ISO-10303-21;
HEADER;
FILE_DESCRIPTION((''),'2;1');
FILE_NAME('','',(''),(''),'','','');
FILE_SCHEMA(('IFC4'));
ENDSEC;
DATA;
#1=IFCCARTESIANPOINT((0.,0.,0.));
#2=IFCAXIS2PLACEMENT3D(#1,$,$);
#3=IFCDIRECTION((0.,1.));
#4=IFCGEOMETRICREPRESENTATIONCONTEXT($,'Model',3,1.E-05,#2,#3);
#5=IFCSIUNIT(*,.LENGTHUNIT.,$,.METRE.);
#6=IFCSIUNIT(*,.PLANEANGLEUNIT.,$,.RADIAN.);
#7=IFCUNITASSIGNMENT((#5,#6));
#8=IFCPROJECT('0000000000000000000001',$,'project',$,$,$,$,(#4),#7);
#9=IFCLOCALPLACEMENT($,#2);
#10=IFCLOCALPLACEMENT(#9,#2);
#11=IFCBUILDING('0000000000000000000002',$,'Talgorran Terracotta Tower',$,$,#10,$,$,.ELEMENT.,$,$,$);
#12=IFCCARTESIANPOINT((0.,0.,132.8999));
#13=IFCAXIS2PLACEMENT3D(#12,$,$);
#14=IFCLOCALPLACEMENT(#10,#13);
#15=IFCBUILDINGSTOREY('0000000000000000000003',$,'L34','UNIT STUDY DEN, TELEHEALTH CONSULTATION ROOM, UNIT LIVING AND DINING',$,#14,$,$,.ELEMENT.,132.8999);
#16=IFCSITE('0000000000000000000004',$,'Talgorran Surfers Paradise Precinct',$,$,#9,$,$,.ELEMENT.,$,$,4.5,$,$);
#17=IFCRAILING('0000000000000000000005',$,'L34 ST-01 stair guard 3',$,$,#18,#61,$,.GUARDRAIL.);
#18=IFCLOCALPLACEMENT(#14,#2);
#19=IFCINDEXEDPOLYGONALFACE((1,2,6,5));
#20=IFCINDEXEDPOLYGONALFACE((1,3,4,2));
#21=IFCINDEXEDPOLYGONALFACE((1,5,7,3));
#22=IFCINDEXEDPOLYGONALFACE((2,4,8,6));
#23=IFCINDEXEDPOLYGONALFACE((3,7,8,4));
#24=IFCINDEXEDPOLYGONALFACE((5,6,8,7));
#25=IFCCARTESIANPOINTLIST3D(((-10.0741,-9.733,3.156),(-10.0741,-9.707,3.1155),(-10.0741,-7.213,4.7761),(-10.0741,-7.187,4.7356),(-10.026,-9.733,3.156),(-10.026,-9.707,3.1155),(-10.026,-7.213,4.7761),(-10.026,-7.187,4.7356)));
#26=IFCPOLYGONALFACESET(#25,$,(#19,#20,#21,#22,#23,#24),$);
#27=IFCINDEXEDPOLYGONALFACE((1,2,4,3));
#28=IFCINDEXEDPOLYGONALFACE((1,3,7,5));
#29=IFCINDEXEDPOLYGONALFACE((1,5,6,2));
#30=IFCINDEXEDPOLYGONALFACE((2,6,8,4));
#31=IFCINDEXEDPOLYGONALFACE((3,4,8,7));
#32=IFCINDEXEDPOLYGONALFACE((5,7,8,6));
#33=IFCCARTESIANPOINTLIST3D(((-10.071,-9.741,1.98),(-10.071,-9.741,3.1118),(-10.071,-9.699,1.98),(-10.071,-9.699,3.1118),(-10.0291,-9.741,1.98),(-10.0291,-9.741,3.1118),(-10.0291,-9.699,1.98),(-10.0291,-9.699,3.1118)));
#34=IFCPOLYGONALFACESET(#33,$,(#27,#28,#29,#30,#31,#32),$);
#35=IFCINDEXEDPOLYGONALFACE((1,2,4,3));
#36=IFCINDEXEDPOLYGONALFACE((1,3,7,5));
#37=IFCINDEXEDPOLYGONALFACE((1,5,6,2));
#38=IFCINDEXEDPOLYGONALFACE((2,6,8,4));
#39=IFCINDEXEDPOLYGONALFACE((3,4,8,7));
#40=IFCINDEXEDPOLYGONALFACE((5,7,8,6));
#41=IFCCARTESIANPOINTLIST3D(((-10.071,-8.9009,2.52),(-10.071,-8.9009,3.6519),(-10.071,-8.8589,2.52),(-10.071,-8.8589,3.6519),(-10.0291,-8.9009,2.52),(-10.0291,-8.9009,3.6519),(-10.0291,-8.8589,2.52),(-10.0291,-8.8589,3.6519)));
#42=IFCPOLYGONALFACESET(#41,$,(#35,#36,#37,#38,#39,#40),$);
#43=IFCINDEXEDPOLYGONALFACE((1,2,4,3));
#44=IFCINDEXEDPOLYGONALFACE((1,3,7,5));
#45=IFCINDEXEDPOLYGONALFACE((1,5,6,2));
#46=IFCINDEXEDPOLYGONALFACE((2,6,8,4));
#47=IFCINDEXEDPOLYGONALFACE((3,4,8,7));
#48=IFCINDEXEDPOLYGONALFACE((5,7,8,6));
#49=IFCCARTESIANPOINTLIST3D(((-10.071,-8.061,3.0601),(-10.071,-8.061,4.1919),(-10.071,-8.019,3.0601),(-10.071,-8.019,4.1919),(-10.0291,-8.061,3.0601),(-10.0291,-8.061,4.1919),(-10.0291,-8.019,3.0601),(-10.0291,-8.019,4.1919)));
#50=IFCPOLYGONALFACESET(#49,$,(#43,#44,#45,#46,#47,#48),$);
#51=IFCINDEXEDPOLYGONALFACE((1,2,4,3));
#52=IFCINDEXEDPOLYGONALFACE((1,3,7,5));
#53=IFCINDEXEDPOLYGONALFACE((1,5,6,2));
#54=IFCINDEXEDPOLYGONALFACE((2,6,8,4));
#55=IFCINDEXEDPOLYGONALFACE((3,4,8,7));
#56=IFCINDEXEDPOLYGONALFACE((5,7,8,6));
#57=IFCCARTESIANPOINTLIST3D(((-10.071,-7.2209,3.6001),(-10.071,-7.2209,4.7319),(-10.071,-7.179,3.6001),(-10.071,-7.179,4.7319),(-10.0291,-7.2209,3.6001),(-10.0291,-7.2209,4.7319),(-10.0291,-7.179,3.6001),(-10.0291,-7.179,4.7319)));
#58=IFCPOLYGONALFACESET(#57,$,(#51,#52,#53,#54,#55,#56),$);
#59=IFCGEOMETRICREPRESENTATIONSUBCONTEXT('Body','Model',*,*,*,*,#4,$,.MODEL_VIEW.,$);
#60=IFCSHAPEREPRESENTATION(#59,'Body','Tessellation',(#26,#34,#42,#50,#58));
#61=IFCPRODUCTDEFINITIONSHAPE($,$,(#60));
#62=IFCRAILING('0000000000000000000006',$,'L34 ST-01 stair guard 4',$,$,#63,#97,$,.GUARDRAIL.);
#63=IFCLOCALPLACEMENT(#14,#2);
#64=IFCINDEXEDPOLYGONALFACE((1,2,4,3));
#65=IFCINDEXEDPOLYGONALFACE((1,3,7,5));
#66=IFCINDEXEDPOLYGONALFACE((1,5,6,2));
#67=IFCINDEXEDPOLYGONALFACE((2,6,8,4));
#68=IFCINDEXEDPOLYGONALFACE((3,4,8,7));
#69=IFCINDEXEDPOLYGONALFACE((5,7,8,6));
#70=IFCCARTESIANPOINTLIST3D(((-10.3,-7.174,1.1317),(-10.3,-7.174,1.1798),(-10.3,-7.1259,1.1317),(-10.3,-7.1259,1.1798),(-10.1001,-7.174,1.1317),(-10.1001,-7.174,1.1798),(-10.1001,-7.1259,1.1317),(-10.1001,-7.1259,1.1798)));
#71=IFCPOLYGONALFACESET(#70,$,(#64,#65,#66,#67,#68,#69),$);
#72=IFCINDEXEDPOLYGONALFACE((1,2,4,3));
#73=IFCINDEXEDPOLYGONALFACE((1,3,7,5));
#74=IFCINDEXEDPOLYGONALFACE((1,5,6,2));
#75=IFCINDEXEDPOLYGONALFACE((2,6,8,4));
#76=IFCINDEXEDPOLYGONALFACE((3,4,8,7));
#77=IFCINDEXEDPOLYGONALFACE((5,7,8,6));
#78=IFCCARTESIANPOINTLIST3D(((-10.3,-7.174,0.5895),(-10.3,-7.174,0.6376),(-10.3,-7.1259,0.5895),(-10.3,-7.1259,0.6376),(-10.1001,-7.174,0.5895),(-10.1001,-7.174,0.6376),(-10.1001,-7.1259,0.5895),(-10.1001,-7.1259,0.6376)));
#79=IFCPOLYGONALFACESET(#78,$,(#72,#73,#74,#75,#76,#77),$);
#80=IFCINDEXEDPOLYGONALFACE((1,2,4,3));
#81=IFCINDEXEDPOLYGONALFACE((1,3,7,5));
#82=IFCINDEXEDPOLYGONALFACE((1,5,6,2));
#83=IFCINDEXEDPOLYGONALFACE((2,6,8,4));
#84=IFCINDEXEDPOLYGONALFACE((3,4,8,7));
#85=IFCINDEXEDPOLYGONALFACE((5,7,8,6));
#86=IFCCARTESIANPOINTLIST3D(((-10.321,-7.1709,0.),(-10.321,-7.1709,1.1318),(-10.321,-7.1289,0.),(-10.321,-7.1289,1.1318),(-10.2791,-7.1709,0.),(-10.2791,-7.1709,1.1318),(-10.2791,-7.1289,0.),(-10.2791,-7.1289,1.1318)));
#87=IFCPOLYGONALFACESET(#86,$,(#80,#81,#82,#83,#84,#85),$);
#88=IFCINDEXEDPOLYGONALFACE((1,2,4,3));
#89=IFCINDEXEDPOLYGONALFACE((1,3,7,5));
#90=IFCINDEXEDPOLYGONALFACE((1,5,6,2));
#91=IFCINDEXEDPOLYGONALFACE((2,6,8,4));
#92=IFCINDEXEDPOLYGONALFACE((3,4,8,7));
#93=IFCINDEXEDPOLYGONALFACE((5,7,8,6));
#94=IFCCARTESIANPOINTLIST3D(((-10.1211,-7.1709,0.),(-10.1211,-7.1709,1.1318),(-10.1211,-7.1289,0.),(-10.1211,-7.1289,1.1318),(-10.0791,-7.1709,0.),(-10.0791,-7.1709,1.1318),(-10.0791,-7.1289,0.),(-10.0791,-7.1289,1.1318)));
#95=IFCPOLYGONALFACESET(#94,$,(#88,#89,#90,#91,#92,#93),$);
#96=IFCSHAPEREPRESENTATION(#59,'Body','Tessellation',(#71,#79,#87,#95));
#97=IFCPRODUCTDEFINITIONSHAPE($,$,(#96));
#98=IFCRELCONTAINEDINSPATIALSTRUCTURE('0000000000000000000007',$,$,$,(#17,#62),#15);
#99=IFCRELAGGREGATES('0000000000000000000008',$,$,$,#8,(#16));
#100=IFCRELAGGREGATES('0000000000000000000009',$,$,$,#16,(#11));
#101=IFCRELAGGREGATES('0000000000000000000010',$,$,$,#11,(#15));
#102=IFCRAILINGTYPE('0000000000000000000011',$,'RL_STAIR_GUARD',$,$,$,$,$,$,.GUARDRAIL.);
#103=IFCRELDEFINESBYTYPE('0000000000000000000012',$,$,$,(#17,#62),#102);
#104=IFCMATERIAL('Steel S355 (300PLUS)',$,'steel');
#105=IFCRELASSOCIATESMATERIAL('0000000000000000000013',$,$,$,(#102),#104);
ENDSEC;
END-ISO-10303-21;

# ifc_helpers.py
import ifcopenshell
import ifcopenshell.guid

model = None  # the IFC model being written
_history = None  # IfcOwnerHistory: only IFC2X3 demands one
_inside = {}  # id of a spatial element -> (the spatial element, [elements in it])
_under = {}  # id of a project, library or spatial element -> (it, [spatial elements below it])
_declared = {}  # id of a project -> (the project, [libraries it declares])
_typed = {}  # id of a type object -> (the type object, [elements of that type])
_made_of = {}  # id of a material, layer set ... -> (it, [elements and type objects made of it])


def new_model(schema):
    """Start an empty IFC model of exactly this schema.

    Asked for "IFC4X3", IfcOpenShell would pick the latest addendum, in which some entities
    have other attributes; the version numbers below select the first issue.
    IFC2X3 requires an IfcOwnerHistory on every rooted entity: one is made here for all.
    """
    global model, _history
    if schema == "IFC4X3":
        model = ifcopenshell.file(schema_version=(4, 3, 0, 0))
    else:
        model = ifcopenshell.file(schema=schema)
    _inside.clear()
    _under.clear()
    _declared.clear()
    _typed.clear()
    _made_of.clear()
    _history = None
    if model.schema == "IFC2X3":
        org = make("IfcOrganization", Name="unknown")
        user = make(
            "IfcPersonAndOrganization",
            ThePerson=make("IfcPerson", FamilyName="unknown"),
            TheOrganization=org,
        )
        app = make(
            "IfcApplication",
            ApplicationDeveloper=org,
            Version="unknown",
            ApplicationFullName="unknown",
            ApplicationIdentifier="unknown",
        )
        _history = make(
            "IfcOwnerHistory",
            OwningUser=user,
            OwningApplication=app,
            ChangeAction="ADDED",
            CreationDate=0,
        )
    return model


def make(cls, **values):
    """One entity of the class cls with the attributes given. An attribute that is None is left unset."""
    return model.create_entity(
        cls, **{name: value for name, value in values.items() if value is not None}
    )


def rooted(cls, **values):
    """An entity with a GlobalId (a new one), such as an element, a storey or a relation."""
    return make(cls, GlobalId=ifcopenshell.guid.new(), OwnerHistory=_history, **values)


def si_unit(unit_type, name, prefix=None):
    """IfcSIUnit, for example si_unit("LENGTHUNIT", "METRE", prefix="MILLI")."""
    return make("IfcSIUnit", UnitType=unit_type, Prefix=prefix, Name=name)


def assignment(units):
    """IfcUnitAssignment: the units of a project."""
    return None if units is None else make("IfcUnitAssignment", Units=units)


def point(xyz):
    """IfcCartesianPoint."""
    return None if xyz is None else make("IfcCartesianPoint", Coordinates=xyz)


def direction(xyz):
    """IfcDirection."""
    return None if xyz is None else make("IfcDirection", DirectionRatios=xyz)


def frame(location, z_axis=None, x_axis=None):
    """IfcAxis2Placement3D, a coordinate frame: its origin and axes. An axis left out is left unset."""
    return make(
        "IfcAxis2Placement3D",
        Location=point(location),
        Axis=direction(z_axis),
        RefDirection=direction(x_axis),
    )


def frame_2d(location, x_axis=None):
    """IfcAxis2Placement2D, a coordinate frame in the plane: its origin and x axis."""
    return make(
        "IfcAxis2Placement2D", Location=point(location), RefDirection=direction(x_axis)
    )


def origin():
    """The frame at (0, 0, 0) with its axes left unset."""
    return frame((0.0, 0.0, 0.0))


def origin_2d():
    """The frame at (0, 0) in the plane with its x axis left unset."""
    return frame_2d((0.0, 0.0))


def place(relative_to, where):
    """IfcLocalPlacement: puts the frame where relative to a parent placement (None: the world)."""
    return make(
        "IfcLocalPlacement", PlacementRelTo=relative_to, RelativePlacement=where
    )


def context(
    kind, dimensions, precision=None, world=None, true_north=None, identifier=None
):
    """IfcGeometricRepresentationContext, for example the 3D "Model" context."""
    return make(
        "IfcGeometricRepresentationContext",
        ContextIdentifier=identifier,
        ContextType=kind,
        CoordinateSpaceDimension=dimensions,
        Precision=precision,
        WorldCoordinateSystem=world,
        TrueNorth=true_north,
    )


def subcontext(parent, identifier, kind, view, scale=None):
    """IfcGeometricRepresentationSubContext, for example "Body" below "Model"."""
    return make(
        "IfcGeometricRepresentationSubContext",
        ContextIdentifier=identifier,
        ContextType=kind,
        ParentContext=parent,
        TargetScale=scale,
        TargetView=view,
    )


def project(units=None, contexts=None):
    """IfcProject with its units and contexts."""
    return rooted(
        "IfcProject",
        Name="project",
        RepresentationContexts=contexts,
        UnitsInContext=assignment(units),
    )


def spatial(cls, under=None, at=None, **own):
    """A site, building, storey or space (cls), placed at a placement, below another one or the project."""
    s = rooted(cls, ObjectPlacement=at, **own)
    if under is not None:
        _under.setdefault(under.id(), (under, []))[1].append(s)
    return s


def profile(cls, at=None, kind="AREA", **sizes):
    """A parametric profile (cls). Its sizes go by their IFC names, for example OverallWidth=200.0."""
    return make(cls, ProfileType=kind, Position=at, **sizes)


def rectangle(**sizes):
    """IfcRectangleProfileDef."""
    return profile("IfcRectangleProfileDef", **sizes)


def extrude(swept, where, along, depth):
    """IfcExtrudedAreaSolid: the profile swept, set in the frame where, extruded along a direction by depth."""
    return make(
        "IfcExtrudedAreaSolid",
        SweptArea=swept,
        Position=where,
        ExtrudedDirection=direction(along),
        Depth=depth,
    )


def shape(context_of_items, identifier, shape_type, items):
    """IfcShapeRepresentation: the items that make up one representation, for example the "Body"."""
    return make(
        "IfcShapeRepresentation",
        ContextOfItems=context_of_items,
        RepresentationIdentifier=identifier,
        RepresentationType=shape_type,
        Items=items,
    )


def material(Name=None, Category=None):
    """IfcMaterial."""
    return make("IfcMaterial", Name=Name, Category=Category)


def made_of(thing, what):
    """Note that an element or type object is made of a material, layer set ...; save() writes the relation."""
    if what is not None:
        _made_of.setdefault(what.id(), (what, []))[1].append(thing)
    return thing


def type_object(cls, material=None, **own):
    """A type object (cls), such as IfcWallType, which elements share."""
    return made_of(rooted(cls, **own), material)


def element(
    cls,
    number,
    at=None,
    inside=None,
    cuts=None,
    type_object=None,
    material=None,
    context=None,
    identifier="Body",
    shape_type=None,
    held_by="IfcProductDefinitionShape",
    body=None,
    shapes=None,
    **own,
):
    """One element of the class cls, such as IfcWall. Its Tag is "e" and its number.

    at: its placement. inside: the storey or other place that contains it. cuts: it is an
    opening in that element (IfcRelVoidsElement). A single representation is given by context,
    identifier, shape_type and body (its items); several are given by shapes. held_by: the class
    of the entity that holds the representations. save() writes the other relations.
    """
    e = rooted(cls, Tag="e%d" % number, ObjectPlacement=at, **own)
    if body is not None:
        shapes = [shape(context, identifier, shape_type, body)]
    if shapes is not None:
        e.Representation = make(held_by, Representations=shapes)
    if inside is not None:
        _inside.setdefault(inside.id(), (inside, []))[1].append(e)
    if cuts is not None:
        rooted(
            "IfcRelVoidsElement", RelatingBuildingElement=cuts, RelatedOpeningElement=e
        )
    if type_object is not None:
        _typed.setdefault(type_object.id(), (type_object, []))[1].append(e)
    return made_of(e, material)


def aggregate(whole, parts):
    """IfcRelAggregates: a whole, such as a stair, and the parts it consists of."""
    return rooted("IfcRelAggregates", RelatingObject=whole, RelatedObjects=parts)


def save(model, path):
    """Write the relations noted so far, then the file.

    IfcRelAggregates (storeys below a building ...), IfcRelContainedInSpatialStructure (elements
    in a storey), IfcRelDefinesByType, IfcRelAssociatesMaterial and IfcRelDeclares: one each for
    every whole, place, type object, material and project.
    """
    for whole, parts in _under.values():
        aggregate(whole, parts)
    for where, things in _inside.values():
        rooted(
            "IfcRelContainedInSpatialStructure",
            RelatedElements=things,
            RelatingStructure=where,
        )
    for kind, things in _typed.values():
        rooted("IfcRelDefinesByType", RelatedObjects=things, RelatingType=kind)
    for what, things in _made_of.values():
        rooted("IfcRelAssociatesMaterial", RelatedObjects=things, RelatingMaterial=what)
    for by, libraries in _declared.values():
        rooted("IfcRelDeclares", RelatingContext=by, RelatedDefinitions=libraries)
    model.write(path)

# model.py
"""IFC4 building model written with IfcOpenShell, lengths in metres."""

from ifc_helpers import new_model, si_unit, direction, frame, origin, origin_2d, place, context, subcontext, project, spatial, rectangle, extrude, material, type_object, element, save


model = new_model("IFC4")

# Units and contexts
model_context = context("Model", 3, precision=1e-05, world=origin(), true_north=direction((0.0, 1.0)))
body_context = subcontext(model_context, "Body", "Model", "MODEL_VIEW")
ifc_project = project(units=[si_unit("LENGTHUNIT", "METRE"), si_unit("PLANEANGLEUNIT", "RADIAN")], contexts=[model_context])

# Site, building, storey
site_placement = place(None, origin())
site = spatial("IfcSite", under=ifc_project, at=site_placement, Name="Talgorran Surfers Paradise Precinct", CompositionType="ELEMENT", RefElevation=4.5)
building_placement = place(site_placement, origin())
building = spatial("IfcBuilding", under=site, at=building_placement, Name="Talgorran Terracotta Tower", CompositionType="ELEMENT")
storey_placement = place(building_placement, frame((0.0, 0.0, 132.8999)))
storey = spatial("IfcBuildingStorey", under=building, at=storey_placement, Name="L34", Description="UNIT STUDY DEN, TELEHEALTH CONSULTATION ROOM, UNIT LIVING AND DINING", CompositionType="ELEMENT", Elevation=132.8999)

# Railings
ifc_material_1 = material(Name="Steel S355 (300PLUS)", Category="steel")
railing_type_1 = type_object("IfcRailingType", Name="RL_STAIR_GUARD", PredefinedType="GUARDRAIL", material=ifc_material_1)
railing_1_placement = place(storey_placement, frame((-10.05, -9.72, 1.98)))
element("IfcRailing", 1, at=railing_1_placement, inside=storey, type_object=railing_type_1, Name="L34 ST-01 stair guard 3", PredefinedType="GUARDRAIL", context=body_context, shape_type="SweptSolid", body=[
    extrude(rectangle(XDim=0.0481, YDim=0.0481, at=origin_2d()), frame((0.0, 0.0, 1.1558), z_axis=(0.0, 0.841163, 0.540782), x_axis=(-1.0, 0.0, 0.0)), (0.0, 0.0, 1.0), 2.9958),
    extrude(rectangle(XDim=0.042, YDim=0.042, at=origin_2d()), origin(), (0.0, 0.0, 1.0), 1.1318),
    extrude(rectangle(XDim=0.042, YDim=0.042, at=origin_2d()), frame((0.0, 0.8401, 0.54)), (0.0, 0.0, 1.0), 1.1318),
    extrude(rectangle(XDim=0.042, YDim=0.042, at=origin_2d()), frame((0.0, 1.6799, 1.0801)), (0.0, 0.0, 1.0), 1.1318),
    extrude(rectangle(XDim=0.042, YDim=0.042, at=origin_2d()), frame((0.0, 2.52, 1.6201)), (0.0, 0.0, 1.0), 1.1318),
])
railing_2_placement = place(storey_placement, frame((-10.3, -7.1499, 0.0)))
element("IfcRailing", 2, at=railing_2_placement, inside=storey, type_object=railing_type_1, Name="L34 ST-01 stair guard 4", PredefinedType="GUARDRAIL", context=body_context, shape_type="SweptSolid", body=[
    extrude(rectangle(XDim=0.0481, YDim=0.0481, at=origin_2d()), frame((0.0, 0.0, 1.1558), z_axis=(1.0, 0.0, 0.0), x_axis=(0.0, 1.0, 0.0)), (0.0, 0.0, 1.0), 0.2),
    extrude(rectangle(XDim=0.0481, YDim=0.0481, at=origin_2d()), frame((0.0, 0.0, 0.6135), z_axis=(1.0, 0.0, 0.0), x_axis=(0.0, 1.0, 0.0)), (0.0, 0.0, 1.0), 0.2),
    extrude(rectangle(XDim=0.042, YDim=0.042, at=origin_2d()), origin(), (0.0, 0.0, 1.0), 1.1318),
    extrude(rectangle(XDim=0.042, YDim=0.042, at=origin_2d()), frame((0.2, 0.0, 0.0)), (0.0, 0.0, 1.0), 1.1318),
])

save(model, "model.ifc")
